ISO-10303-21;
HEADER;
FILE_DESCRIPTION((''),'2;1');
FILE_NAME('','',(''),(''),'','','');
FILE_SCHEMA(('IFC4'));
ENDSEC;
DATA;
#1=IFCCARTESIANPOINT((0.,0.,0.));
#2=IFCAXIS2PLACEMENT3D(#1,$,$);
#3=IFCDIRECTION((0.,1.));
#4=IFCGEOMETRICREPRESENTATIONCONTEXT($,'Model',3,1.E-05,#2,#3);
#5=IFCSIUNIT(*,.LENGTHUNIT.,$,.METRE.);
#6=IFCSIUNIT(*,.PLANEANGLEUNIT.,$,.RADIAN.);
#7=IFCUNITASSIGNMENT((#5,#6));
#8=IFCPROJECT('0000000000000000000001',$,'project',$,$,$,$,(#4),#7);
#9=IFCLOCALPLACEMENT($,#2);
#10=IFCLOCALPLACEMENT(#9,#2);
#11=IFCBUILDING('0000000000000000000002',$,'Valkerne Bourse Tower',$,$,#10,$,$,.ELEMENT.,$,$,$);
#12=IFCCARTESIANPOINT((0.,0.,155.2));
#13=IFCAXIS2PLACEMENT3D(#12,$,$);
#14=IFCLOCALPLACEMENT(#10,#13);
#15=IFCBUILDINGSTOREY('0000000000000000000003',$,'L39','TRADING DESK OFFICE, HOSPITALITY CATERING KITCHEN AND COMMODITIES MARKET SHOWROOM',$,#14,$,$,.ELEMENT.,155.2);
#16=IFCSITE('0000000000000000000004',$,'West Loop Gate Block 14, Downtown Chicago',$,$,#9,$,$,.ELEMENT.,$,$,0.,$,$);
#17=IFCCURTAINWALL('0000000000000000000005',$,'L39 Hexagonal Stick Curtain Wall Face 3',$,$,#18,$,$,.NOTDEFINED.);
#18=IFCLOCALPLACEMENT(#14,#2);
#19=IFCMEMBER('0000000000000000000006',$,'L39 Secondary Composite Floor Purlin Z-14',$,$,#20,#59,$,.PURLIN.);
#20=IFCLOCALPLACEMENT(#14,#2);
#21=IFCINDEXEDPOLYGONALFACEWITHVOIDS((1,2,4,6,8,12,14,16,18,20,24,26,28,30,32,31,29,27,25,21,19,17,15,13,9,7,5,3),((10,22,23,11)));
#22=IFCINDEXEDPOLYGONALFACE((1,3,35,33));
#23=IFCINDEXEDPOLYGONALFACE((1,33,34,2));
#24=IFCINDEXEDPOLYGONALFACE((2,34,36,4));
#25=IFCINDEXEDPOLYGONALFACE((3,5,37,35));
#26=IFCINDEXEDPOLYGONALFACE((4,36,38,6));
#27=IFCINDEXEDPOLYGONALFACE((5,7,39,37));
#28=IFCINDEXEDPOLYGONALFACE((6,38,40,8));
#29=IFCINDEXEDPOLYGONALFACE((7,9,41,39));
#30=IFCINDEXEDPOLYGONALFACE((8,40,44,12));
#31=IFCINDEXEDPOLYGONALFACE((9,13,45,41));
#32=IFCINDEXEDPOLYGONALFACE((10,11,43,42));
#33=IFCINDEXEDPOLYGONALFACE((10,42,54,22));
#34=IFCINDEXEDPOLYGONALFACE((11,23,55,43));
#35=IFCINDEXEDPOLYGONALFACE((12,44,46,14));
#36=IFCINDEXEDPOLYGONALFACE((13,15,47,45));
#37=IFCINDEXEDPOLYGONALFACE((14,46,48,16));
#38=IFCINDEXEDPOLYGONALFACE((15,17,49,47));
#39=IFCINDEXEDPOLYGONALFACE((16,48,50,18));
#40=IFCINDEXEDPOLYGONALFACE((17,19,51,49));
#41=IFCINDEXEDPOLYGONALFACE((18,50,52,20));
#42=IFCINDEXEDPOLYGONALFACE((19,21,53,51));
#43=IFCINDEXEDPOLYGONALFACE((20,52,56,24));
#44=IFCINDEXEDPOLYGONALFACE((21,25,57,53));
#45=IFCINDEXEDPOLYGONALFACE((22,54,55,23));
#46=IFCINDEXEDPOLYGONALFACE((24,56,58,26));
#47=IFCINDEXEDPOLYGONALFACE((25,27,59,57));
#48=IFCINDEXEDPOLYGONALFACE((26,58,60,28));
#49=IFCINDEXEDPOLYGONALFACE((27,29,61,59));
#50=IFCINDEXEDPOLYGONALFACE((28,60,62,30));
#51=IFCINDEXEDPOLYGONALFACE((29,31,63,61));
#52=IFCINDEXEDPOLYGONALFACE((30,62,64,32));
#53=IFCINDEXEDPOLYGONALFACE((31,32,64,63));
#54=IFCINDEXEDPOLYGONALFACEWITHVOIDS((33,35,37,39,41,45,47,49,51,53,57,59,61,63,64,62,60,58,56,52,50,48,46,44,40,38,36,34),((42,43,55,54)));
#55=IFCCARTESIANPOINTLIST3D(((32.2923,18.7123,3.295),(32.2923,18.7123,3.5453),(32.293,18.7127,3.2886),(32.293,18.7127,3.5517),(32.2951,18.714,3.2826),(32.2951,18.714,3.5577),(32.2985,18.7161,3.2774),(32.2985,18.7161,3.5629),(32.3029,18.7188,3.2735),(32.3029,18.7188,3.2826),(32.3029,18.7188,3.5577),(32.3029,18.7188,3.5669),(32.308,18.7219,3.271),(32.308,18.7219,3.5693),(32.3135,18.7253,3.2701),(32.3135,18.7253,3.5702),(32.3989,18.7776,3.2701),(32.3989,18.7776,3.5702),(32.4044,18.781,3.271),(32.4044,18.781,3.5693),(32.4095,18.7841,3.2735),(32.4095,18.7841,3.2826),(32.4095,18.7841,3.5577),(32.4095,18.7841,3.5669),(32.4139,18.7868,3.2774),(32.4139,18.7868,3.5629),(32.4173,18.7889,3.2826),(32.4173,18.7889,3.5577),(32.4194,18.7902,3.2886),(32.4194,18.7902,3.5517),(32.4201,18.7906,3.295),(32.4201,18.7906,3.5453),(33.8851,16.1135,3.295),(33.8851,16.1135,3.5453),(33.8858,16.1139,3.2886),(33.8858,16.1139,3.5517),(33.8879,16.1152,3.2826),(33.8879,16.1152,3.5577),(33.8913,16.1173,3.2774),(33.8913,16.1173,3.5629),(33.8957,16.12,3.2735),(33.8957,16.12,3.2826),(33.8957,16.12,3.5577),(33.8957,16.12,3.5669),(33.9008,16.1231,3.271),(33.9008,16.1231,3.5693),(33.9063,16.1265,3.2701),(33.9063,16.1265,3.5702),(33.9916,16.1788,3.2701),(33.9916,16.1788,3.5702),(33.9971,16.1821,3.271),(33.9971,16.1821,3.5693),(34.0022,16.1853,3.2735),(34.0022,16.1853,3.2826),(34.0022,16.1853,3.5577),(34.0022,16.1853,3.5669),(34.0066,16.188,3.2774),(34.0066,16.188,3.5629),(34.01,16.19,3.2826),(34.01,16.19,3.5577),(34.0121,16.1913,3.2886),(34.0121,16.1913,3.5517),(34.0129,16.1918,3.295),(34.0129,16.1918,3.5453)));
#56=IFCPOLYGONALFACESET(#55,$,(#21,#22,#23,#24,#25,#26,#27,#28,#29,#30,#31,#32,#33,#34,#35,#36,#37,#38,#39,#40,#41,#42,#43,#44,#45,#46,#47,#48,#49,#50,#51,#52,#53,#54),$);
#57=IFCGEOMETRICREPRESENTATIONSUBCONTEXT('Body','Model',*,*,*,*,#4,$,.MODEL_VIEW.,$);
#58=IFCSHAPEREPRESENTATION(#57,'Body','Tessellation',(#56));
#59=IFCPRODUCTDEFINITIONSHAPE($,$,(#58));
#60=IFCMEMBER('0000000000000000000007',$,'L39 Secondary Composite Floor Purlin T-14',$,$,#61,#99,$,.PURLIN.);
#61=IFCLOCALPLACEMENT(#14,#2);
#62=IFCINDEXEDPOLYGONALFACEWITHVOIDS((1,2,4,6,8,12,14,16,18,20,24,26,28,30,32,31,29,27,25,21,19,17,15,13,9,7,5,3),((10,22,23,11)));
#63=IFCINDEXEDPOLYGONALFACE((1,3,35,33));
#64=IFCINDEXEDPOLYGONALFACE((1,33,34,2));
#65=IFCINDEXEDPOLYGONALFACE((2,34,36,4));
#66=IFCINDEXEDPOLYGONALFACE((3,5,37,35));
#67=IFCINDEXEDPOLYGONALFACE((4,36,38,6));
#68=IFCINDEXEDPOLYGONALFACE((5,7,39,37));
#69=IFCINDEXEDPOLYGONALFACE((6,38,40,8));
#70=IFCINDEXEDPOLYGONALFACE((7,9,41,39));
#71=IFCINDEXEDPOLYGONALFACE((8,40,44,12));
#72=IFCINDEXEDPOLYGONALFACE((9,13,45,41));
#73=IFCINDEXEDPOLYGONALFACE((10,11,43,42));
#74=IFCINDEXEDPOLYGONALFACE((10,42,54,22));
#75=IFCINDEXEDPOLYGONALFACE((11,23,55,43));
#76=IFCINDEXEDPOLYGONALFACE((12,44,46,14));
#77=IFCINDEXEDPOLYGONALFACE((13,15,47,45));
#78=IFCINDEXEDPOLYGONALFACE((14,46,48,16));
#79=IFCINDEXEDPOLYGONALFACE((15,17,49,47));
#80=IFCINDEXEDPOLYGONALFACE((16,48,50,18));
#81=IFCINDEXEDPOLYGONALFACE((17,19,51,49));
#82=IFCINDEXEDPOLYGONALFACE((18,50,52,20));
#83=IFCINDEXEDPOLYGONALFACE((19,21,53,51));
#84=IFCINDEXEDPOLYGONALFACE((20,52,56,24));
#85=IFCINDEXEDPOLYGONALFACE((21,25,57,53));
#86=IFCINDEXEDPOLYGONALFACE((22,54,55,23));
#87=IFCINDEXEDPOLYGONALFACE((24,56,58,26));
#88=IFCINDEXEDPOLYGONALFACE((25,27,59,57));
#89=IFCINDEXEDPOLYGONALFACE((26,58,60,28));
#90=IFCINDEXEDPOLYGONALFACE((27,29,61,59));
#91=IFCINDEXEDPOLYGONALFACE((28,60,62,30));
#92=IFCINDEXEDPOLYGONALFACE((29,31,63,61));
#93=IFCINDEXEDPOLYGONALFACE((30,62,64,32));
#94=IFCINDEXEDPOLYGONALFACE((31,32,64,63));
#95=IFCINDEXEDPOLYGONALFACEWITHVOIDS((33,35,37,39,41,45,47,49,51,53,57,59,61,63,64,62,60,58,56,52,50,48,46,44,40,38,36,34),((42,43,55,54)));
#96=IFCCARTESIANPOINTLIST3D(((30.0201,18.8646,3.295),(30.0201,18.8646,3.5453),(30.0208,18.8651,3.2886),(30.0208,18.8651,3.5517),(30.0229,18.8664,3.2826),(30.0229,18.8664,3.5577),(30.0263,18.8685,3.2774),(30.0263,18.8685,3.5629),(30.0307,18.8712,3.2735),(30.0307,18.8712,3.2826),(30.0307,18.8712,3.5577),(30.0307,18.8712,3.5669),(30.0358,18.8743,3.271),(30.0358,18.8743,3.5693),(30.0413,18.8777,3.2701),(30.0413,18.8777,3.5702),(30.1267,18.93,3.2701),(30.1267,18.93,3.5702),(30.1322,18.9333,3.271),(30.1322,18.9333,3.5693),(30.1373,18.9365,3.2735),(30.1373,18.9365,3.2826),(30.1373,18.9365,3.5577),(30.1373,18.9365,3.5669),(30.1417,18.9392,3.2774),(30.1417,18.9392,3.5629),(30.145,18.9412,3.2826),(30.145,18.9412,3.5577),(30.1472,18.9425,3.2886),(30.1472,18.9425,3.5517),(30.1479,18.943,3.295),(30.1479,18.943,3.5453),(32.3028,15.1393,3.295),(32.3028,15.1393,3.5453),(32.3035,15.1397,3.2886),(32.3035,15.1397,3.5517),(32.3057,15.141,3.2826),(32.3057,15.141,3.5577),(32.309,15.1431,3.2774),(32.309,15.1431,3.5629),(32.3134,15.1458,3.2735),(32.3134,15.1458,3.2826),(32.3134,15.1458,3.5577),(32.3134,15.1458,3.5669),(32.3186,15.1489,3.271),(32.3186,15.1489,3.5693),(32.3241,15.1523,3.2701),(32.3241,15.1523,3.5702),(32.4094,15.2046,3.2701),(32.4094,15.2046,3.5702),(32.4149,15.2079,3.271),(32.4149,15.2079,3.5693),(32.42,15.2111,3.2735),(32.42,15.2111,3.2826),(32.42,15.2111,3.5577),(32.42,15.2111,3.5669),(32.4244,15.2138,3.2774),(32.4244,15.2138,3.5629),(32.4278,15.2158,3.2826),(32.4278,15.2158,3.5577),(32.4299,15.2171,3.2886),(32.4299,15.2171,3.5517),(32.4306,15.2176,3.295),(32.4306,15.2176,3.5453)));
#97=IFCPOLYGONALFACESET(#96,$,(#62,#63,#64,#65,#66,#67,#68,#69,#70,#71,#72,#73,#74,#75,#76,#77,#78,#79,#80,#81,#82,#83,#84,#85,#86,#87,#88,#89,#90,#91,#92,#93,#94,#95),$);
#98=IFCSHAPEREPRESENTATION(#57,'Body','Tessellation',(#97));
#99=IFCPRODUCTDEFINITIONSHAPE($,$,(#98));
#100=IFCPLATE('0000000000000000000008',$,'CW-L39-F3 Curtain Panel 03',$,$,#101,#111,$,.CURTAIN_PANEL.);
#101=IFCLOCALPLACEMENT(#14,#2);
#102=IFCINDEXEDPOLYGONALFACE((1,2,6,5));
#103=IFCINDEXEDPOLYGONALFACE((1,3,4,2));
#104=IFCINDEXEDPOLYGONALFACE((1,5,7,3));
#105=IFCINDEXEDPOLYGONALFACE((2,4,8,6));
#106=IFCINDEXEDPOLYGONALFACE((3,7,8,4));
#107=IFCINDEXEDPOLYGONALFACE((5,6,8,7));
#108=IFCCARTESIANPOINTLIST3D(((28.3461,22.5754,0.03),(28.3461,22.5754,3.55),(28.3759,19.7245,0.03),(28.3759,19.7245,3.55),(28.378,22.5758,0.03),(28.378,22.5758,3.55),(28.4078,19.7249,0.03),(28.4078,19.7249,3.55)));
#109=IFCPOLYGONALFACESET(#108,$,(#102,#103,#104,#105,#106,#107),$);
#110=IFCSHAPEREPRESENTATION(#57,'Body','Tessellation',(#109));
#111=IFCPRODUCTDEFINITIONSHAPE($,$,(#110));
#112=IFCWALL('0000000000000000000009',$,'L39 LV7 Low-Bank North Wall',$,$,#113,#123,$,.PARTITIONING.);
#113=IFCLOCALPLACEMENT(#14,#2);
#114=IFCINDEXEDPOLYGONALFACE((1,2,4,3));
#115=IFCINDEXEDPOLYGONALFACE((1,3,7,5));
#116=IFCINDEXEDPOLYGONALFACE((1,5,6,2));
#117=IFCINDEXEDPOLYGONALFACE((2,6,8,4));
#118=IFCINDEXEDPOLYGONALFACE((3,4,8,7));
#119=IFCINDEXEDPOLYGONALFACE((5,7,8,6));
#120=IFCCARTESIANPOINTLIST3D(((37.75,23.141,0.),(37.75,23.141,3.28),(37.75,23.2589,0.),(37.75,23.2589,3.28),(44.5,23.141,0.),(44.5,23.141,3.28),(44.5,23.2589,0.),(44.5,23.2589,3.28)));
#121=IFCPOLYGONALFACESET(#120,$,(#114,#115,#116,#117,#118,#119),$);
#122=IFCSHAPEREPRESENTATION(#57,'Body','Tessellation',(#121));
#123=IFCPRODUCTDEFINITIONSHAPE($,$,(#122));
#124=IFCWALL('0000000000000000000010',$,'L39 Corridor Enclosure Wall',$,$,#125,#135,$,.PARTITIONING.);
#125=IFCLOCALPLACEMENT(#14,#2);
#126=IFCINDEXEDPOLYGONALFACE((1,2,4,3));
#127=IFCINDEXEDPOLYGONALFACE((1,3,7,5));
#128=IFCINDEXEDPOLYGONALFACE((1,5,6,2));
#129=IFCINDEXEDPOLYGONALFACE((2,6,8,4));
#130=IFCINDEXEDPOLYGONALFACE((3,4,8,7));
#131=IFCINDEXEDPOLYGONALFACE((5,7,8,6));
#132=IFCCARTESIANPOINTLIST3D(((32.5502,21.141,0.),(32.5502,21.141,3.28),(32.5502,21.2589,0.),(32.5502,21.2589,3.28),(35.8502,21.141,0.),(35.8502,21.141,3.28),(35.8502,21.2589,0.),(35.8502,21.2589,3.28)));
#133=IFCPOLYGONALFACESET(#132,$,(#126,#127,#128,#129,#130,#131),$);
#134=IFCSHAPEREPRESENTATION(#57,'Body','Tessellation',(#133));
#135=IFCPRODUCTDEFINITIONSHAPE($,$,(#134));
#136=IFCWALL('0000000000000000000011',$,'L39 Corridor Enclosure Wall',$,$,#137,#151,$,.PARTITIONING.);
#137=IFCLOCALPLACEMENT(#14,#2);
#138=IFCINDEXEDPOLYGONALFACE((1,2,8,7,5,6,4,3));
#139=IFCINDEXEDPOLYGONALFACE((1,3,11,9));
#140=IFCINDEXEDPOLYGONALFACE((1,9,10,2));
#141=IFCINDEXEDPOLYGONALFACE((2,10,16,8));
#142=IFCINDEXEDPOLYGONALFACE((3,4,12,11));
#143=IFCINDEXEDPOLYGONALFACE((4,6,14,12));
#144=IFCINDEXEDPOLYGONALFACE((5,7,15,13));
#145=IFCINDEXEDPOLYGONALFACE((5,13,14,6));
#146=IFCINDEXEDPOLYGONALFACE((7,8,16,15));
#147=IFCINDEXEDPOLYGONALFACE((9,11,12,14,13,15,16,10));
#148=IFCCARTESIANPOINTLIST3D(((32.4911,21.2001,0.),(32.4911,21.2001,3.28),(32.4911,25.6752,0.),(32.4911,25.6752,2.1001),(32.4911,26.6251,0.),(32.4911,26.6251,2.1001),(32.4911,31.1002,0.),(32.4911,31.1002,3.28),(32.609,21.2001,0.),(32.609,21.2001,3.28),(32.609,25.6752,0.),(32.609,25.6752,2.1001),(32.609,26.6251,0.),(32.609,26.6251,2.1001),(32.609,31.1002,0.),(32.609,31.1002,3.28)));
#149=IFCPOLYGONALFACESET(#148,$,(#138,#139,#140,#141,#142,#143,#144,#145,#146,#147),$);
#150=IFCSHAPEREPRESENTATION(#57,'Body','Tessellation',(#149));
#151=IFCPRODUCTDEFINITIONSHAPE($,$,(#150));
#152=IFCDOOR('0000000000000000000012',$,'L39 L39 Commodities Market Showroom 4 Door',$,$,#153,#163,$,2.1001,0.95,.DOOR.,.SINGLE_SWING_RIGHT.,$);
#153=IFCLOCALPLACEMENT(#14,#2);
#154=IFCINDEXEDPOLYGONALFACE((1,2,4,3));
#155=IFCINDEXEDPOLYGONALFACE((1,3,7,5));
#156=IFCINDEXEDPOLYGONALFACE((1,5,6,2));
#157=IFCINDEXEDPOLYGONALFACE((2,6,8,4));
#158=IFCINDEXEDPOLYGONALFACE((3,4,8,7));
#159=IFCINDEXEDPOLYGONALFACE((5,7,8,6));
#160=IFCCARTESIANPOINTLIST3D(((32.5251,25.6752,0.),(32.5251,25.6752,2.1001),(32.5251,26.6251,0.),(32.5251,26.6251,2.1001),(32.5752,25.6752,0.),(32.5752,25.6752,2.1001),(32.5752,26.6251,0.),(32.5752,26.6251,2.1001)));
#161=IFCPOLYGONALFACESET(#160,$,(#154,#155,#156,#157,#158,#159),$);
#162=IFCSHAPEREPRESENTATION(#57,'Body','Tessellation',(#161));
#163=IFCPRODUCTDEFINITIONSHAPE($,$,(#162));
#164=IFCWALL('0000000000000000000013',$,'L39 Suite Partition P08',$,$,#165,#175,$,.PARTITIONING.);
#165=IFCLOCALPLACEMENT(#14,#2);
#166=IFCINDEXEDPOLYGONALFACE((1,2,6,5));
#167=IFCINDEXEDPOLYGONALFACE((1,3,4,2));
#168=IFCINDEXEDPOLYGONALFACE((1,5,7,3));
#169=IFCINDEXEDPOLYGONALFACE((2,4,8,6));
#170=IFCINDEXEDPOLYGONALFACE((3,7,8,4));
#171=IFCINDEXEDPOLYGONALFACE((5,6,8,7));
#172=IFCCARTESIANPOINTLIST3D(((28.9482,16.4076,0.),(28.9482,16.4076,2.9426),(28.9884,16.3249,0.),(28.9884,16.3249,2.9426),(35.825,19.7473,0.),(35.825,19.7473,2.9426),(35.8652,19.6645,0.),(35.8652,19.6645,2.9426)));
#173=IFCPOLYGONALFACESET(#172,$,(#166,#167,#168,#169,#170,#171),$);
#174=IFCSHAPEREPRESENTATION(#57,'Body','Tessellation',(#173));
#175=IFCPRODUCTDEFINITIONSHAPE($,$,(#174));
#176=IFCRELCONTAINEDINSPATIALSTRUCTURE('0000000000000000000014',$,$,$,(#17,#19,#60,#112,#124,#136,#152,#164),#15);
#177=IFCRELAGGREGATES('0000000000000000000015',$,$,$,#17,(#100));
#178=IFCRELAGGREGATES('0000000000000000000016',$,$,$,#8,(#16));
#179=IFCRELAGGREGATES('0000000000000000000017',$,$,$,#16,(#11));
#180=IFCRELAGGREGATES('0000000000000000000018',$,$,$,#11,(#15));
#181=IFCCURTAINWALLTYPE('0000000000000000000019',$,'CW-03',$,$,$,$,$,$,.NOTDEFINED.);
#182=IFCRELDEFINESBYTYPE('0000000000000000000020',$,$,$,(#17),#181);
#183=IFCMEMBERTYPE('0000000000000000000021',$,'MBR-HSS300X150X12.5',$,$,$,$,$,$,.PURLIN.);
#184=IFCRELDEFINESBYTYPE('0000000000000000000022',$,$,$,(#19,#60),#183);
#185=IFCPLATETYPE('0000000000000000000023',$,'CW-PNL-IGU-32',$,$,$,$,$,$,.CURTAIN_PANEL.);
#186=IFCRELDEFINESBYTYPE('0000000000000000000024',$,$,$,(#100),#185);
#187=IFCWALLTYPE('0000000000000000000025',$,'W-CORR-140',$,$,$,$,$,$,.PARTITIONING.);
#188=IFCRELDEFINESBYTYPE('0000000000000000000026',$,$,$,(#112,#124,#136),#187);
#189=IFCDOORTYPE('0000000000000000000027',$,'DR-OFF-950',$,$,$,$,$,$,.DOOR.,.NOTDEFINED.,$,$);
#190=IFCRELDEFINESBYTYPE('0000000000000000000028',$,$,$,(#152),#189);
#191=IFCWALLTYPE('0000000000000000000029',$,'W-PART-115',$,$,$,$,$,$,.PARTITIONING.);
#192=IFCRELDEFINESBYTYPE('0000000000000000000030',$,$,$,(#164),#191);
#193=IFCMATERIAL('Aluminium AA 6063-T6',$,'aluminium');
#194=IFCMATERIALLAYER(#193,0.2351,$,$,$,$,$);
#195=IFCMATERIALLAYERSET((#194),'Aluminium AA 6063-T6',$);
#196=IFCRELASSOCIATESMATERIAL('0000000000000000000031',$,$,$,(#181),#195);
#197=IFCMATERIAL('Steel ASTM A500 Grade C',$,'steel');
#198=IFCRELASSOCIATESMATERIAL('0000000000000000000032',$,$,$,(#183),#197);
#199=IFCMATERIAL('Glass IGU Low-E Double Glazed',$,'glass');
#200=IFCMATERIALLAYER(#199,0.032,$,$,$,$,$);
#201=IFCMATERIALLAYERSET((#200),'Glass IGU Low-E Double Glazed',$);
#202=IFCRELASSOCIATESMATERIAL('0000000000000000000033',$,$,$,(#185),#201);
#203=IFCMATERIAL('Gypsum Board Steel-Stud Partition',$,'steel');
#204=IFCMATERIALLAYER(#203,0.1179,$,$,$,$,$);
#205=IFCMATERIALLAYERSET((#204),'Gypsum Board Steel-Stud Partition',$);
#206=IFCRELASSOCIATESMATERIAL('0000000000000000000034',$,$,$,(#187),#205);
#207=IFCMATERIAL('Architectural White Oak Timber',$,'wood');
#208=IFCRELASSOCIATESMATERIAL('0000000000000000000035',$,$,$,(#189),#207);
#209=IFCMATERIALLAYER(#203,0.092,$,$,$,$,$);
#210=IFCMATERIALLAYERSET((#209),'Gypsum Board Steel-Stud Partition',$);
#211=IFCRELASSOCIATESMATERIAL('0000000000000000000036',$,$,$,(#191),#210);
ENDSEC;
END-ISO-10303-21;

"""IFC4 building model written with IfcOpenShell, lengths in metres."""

from ifc_helpers import new_model, si_unit, direction, frame, frame_2d, origin, origin_2d, place, context, subcontext, project, spatial, rectangle, hollow_rectangle, extrude, material, layer, layer_set, material_profile, profile_set, type_object, element, fill, aggregate, save


model = new_model("IFC4")

# Units and contexts
model_context = context("Model", 3, precision=1e-05, world=origin(), true_north=direction((0.0, 1.0)))
body_context = subcontext(model_context, "Body", "Model", "MODEL_VIEW")
ifc_project = project(units=[si_unit("LENGTHUNIT", "METRE"), si_unit("PLANEANGLEUNIT", "RADIAN")], contexts=[model_context])

# Site, building, storey
site_placement = place(None, origin())
site = spatial("IfcSite", under=ifc_project, at=site_placement, Name="West Loop Gate Block 14, Downtown Chicago", CompositionType="ELEMENT", RefElevation=0.0)
building_placement = place(site_placement, origin())
building = spatial("IfcBuilding", under=site, at=building_placement, Name="Valkerne Bourse Tower", CompositionType="ELEMENT")
storey_placement = place(building_placement, frame((0.0, 0.0, 155.2)))
storey = spatial("IfcBuildingStorey", under=building, at=storey_placement, Name="L39", Description="TRADING DESK OFFICE, HOSPITALITY CATERING KITCHEN AND COMMODITIES MARKET SHOWROOM", CompositionType="ELEMENT", Elevation=155.2)

# Curtain wall
ifc_material_1 = material(Name="Aluminium AA 6063-T6", Category="aluminium")
ifc_layer_1 = layer(ifc_material_1, 0.2351)
ifc_layer_set_1 = layer_set([ifc_layer_1], Name="Aluminium AA 6063-T6")
curtain_wall_type = type_object("IfcCurtainWallType", Name="CW-03", PredefinedType="NOTDEFINED", material=ifc_layer_set_1)
curtain_wall_placement = place(storey_placement, origin())
curtain_wall = element("IfcCurtainWall", 1, at=curtain_wall_placement, inside=storey, type_object=curtain_wall_type, Name="L39 Hexagonal Stick Curtain Wall Face 3", PredefinedType="NOTDEFINED")

# Members
ifc_material_2 = material(Name="Steel ASTM A500 Grade C", Category="steel")
ifc_material_profile_1 = material_profile(ifc_material_2, hollow_rectangle(XDim=0.1499, YDim=0.3, WallThickness=0.0125, OuterFilletRadius=0.0249, at=origin_2d()), Name="HSS300X150X12.5")
ifc_profile_set_1 = profile_set([ifc_material_profile_1], Name="Steel ASTM A500 Grade C")
member_type_1 = type_object("IfcMemberType", Name="MBR-HSS300X150X12.5", PredefinedType="PURLIN", material=ifc_profile_set_1)
member_1_placement = place(storey_placement, frame((32.3562, 18.7515, 3.4202), z_axis=(0.522541, -0.852614, 0.0), x_axis=(0.852614, 0.522541, 0.0)))
element("IfcMember", 2, at=member_1_placement, inside=storey, type_object=member_type_1, Name="L39 Secondary Composite Floor Purlin Z-14", PredefinedType="PURLIN", context=body_context, shape_type="SweptSolid", body=[
    extrude(hollow_rectangle(XDim=0.1499, YDim=0.3, WallThickness=0.0125, OuterFilletRadius=0.0249, at=origin_2d()), origin(), (0.0, 0.0, 1.0), 3.0481),
])
member_2_placement = place(storey_placement, frame((30.084, 18.9038, 3.4202), z_axis=(0.522469, -0.852658, 0.0), x_axis=(0.852658, 0.522469, 0.0)))
element("IfcMember", 3, at=member_2_placement, inside=storey, type_object=member_type_1, Name="L39 Secondary Composite Floor Purlin T-14", PredefinedType="PURLIN", context=body_context, shape_type="SweptSolid", body=[
    extrude(hollow_rectangle(XDim=0.1499, YDim=0.3, WallThickness=0.0125, OuterFilletRadius=0.0249, at=origin_2d()), origin(), (0.0, 0.0, 1.0), 4.3691),
])

# Plate
ifc_material_3 = material(Name="Glass IGU Low-E Double Glazed", Category="glass")
ifc_layer_2 = layer(ifc_material_3, 0.032)
ifc_layer_set_2 = layer_set([ifc_layer_2], Name="Glass IGU Low-E Double Glazed")
plate_type = type_object("IfcPlateType", Name="CW-PNL-IGU-32", PredefinedType="CURTAIN_PANEL", material=ifc_layer_set_2)
plate_placement = place(storey_placement, frame((28.377, 21.1501, 0.03), z_axis=(0.0, 0.0, 1.0), x_axis=(0.010448, -0.999945, 0.0)))
plate = element("IfcPlate", 4, at=plate_placement, type_object=plate_type, Name="CW-L39-F3 Curtain Panel 03", PredefinedType="CURTAIN_PANEL", context=body_context, shape_type="SweptSolid", body=[
    extrude(rectangle(XDim=2.8511, YDim=0.032, at=origin_2d()), origin(), (0.0, 0.0, 1.0), 3.52),
])
aggregate(curtain_wall, [plate])

# Walls
ifc_material_4 = material(Name="Gypsum Board Steel-Stud Partition", Category="steel")
ifc_layer_3 = layer(ifc_material_4, 0.1179)
ifc_layer_set_3 = layer_set([ifc_layer_3], Name="Gypsum Board Steel-Stud Partition")
wall_type_1 = type_object("IfcWallType", Name="W-CORR-140", PredefinedType="PARTITIONING", material=ifc_layer_set_3)
wall_1_placement = place(storey_placement, frame((37.75, 23.2, 0.0), z_axis=(0.0, 0.0, 1.0), x_axis=(1.0, 0.0, 0.0)))
element("IfcWall", 5, at=wall_1_placement, inside=storey, type_object=wall_type_1, Name="L39 LV7 Low-Bank North Wall", PredefinedType="PARTITIONING", context=body_context, shape_type="SweptSolid", body=[
    extrude(rectangle(XDim=6.75, YDim=0.1179, at=frame_2d((3.375, 0.0))), origin(), (0.0, 0.0, 1.0), 3.28),
])
wall_2_placement = place(storey_placement, frame((35.8501, 21.2, 0.0), z_axis=(0.0, 0.0, 1.0), x_axis=(-1.0, 0.0, 0.0)))
element("IfcWall", 6, at=wall_2_placement, inside=storey, type_object=wall_type_1, Name="L39 Corridor Enclosure Wall", PredefinedType="PARTITIONING", context=body_context, shape_type="SweptSolid", body=[
    extrude(rectangle(XDim=3.3, YDim=0.1179, at=frame_2d((1.6499, 0.0))), origin(), (0.0, 0.0, 1.0), 3.28),
])

# Wall, opening, door
wall_3_placement = place(storey_placement, frame((32.55, 21.2, 0.0), z_axis=(0.0, 0.0, 1.0), x_axis=(0.0, 1.0, 0.0)))
wall_3 = element("IfcWall", 7, at=wall_3_placement, inside=storey, type_object=wall_type_1, Name="L39 Corridor Enclosure Wall", PredefinedType="PARTITIONING", context=body_context, shape_type="SweptSolid", body=[
    extrude(rectangle(XDim=9.9001, YDim=0.1179, at=frame_2d((4.9502, 0.0))), origin(), (0.0, 0.0, 1.0), 3.28),
])
opening_1_placement = place(wall_3_placement, frame((4.4751, 0.0, 0.0)))
opening_1 = element("IfcOpeningElement", 8, at=opening_1_placement, cuts=wall_3, PredefinedType="OPENING", context=body_context, shape_type="SweptSolid", body=[
    extrude(rectangle(XDim=0.95, YDim=2.1001, at=frame_2d((0.4751, 1.05))), frame((0.0, 0.0688, 0.0), z_axis=(0.0, -1.0, 0.0), x_axis=(1.0, 0.0, 0.0)), (0.0, 0.0, 1.0), 0.1379),
])
ifc_material_5 = material(Name="Architectural White Oak Timber", Category="wood")
door_type_1 = type_object("IfcDoorType", Name="DR-OFF-950", OperationType="NOTDEFINED", PredefinedType="DOOR", material=ifc_material_5)
door_1_placement = place(opening_1_placement, origin())
door_1 = element("IfcDoor", 9, at=door_1_placement, inside=storey, type_object=door_type_1, Name="L39 L39 Commodities Market Showroom 4 Door", OperationType="SINGLE_SWING_RIGHT", OverallHeight=2.1001, OverallWidth=0.95, PredefinedType="DOOR", context=body_context, shape_type="SweptSolid", body=[
    extrude(rectangle(XDim=0.95, YDim=2.1001, at=frame_2d((0.4751, 1.05))), frame((0.0, 0.0249, 0.0), z_axis=(0.0, -1.0, 0.0), x_axis=(1.0, 0.0, 0.0)), (0.0, 0.0, 1.0), 0.05),
])
fill(opening_1, door_1)

# Wall
ifc_layer_4 = layer(ifc_material_4, 0.092)
ifc_layer_set_4 = layer_set([ifc_layer_4], Name="Gypsum Board Steel-Stud Partition")
wall_type_2 = type_object("IfcWallType", Name="W-PART-115", PredefinedType="PARTITIONING", material=ifc_layer_set_4)
wall_4_placement = place(storey_placement, frame((35.845, 19.7058, 0.0), z_axis=(0.0, 0.0, 1.0), x_axis=(-0.899535, -0.436849, 0.0)))
element("IfcWall", 10, at=wall_4_placement, inside=storey, type_object=wall_type_2, Name="L39 Suite Partition P08", PredefinedType="PARTITIONING", context=body_context, shape_type="SweptSolid", body=[
    extrude(rectangle(XDim=7.6448, YDim=0.092, at=frame_2d((3.8223, 0.0))), origin(), (0.0, 0.0, 1.0), 2.9426),
])

save(model, "model.ifc")
